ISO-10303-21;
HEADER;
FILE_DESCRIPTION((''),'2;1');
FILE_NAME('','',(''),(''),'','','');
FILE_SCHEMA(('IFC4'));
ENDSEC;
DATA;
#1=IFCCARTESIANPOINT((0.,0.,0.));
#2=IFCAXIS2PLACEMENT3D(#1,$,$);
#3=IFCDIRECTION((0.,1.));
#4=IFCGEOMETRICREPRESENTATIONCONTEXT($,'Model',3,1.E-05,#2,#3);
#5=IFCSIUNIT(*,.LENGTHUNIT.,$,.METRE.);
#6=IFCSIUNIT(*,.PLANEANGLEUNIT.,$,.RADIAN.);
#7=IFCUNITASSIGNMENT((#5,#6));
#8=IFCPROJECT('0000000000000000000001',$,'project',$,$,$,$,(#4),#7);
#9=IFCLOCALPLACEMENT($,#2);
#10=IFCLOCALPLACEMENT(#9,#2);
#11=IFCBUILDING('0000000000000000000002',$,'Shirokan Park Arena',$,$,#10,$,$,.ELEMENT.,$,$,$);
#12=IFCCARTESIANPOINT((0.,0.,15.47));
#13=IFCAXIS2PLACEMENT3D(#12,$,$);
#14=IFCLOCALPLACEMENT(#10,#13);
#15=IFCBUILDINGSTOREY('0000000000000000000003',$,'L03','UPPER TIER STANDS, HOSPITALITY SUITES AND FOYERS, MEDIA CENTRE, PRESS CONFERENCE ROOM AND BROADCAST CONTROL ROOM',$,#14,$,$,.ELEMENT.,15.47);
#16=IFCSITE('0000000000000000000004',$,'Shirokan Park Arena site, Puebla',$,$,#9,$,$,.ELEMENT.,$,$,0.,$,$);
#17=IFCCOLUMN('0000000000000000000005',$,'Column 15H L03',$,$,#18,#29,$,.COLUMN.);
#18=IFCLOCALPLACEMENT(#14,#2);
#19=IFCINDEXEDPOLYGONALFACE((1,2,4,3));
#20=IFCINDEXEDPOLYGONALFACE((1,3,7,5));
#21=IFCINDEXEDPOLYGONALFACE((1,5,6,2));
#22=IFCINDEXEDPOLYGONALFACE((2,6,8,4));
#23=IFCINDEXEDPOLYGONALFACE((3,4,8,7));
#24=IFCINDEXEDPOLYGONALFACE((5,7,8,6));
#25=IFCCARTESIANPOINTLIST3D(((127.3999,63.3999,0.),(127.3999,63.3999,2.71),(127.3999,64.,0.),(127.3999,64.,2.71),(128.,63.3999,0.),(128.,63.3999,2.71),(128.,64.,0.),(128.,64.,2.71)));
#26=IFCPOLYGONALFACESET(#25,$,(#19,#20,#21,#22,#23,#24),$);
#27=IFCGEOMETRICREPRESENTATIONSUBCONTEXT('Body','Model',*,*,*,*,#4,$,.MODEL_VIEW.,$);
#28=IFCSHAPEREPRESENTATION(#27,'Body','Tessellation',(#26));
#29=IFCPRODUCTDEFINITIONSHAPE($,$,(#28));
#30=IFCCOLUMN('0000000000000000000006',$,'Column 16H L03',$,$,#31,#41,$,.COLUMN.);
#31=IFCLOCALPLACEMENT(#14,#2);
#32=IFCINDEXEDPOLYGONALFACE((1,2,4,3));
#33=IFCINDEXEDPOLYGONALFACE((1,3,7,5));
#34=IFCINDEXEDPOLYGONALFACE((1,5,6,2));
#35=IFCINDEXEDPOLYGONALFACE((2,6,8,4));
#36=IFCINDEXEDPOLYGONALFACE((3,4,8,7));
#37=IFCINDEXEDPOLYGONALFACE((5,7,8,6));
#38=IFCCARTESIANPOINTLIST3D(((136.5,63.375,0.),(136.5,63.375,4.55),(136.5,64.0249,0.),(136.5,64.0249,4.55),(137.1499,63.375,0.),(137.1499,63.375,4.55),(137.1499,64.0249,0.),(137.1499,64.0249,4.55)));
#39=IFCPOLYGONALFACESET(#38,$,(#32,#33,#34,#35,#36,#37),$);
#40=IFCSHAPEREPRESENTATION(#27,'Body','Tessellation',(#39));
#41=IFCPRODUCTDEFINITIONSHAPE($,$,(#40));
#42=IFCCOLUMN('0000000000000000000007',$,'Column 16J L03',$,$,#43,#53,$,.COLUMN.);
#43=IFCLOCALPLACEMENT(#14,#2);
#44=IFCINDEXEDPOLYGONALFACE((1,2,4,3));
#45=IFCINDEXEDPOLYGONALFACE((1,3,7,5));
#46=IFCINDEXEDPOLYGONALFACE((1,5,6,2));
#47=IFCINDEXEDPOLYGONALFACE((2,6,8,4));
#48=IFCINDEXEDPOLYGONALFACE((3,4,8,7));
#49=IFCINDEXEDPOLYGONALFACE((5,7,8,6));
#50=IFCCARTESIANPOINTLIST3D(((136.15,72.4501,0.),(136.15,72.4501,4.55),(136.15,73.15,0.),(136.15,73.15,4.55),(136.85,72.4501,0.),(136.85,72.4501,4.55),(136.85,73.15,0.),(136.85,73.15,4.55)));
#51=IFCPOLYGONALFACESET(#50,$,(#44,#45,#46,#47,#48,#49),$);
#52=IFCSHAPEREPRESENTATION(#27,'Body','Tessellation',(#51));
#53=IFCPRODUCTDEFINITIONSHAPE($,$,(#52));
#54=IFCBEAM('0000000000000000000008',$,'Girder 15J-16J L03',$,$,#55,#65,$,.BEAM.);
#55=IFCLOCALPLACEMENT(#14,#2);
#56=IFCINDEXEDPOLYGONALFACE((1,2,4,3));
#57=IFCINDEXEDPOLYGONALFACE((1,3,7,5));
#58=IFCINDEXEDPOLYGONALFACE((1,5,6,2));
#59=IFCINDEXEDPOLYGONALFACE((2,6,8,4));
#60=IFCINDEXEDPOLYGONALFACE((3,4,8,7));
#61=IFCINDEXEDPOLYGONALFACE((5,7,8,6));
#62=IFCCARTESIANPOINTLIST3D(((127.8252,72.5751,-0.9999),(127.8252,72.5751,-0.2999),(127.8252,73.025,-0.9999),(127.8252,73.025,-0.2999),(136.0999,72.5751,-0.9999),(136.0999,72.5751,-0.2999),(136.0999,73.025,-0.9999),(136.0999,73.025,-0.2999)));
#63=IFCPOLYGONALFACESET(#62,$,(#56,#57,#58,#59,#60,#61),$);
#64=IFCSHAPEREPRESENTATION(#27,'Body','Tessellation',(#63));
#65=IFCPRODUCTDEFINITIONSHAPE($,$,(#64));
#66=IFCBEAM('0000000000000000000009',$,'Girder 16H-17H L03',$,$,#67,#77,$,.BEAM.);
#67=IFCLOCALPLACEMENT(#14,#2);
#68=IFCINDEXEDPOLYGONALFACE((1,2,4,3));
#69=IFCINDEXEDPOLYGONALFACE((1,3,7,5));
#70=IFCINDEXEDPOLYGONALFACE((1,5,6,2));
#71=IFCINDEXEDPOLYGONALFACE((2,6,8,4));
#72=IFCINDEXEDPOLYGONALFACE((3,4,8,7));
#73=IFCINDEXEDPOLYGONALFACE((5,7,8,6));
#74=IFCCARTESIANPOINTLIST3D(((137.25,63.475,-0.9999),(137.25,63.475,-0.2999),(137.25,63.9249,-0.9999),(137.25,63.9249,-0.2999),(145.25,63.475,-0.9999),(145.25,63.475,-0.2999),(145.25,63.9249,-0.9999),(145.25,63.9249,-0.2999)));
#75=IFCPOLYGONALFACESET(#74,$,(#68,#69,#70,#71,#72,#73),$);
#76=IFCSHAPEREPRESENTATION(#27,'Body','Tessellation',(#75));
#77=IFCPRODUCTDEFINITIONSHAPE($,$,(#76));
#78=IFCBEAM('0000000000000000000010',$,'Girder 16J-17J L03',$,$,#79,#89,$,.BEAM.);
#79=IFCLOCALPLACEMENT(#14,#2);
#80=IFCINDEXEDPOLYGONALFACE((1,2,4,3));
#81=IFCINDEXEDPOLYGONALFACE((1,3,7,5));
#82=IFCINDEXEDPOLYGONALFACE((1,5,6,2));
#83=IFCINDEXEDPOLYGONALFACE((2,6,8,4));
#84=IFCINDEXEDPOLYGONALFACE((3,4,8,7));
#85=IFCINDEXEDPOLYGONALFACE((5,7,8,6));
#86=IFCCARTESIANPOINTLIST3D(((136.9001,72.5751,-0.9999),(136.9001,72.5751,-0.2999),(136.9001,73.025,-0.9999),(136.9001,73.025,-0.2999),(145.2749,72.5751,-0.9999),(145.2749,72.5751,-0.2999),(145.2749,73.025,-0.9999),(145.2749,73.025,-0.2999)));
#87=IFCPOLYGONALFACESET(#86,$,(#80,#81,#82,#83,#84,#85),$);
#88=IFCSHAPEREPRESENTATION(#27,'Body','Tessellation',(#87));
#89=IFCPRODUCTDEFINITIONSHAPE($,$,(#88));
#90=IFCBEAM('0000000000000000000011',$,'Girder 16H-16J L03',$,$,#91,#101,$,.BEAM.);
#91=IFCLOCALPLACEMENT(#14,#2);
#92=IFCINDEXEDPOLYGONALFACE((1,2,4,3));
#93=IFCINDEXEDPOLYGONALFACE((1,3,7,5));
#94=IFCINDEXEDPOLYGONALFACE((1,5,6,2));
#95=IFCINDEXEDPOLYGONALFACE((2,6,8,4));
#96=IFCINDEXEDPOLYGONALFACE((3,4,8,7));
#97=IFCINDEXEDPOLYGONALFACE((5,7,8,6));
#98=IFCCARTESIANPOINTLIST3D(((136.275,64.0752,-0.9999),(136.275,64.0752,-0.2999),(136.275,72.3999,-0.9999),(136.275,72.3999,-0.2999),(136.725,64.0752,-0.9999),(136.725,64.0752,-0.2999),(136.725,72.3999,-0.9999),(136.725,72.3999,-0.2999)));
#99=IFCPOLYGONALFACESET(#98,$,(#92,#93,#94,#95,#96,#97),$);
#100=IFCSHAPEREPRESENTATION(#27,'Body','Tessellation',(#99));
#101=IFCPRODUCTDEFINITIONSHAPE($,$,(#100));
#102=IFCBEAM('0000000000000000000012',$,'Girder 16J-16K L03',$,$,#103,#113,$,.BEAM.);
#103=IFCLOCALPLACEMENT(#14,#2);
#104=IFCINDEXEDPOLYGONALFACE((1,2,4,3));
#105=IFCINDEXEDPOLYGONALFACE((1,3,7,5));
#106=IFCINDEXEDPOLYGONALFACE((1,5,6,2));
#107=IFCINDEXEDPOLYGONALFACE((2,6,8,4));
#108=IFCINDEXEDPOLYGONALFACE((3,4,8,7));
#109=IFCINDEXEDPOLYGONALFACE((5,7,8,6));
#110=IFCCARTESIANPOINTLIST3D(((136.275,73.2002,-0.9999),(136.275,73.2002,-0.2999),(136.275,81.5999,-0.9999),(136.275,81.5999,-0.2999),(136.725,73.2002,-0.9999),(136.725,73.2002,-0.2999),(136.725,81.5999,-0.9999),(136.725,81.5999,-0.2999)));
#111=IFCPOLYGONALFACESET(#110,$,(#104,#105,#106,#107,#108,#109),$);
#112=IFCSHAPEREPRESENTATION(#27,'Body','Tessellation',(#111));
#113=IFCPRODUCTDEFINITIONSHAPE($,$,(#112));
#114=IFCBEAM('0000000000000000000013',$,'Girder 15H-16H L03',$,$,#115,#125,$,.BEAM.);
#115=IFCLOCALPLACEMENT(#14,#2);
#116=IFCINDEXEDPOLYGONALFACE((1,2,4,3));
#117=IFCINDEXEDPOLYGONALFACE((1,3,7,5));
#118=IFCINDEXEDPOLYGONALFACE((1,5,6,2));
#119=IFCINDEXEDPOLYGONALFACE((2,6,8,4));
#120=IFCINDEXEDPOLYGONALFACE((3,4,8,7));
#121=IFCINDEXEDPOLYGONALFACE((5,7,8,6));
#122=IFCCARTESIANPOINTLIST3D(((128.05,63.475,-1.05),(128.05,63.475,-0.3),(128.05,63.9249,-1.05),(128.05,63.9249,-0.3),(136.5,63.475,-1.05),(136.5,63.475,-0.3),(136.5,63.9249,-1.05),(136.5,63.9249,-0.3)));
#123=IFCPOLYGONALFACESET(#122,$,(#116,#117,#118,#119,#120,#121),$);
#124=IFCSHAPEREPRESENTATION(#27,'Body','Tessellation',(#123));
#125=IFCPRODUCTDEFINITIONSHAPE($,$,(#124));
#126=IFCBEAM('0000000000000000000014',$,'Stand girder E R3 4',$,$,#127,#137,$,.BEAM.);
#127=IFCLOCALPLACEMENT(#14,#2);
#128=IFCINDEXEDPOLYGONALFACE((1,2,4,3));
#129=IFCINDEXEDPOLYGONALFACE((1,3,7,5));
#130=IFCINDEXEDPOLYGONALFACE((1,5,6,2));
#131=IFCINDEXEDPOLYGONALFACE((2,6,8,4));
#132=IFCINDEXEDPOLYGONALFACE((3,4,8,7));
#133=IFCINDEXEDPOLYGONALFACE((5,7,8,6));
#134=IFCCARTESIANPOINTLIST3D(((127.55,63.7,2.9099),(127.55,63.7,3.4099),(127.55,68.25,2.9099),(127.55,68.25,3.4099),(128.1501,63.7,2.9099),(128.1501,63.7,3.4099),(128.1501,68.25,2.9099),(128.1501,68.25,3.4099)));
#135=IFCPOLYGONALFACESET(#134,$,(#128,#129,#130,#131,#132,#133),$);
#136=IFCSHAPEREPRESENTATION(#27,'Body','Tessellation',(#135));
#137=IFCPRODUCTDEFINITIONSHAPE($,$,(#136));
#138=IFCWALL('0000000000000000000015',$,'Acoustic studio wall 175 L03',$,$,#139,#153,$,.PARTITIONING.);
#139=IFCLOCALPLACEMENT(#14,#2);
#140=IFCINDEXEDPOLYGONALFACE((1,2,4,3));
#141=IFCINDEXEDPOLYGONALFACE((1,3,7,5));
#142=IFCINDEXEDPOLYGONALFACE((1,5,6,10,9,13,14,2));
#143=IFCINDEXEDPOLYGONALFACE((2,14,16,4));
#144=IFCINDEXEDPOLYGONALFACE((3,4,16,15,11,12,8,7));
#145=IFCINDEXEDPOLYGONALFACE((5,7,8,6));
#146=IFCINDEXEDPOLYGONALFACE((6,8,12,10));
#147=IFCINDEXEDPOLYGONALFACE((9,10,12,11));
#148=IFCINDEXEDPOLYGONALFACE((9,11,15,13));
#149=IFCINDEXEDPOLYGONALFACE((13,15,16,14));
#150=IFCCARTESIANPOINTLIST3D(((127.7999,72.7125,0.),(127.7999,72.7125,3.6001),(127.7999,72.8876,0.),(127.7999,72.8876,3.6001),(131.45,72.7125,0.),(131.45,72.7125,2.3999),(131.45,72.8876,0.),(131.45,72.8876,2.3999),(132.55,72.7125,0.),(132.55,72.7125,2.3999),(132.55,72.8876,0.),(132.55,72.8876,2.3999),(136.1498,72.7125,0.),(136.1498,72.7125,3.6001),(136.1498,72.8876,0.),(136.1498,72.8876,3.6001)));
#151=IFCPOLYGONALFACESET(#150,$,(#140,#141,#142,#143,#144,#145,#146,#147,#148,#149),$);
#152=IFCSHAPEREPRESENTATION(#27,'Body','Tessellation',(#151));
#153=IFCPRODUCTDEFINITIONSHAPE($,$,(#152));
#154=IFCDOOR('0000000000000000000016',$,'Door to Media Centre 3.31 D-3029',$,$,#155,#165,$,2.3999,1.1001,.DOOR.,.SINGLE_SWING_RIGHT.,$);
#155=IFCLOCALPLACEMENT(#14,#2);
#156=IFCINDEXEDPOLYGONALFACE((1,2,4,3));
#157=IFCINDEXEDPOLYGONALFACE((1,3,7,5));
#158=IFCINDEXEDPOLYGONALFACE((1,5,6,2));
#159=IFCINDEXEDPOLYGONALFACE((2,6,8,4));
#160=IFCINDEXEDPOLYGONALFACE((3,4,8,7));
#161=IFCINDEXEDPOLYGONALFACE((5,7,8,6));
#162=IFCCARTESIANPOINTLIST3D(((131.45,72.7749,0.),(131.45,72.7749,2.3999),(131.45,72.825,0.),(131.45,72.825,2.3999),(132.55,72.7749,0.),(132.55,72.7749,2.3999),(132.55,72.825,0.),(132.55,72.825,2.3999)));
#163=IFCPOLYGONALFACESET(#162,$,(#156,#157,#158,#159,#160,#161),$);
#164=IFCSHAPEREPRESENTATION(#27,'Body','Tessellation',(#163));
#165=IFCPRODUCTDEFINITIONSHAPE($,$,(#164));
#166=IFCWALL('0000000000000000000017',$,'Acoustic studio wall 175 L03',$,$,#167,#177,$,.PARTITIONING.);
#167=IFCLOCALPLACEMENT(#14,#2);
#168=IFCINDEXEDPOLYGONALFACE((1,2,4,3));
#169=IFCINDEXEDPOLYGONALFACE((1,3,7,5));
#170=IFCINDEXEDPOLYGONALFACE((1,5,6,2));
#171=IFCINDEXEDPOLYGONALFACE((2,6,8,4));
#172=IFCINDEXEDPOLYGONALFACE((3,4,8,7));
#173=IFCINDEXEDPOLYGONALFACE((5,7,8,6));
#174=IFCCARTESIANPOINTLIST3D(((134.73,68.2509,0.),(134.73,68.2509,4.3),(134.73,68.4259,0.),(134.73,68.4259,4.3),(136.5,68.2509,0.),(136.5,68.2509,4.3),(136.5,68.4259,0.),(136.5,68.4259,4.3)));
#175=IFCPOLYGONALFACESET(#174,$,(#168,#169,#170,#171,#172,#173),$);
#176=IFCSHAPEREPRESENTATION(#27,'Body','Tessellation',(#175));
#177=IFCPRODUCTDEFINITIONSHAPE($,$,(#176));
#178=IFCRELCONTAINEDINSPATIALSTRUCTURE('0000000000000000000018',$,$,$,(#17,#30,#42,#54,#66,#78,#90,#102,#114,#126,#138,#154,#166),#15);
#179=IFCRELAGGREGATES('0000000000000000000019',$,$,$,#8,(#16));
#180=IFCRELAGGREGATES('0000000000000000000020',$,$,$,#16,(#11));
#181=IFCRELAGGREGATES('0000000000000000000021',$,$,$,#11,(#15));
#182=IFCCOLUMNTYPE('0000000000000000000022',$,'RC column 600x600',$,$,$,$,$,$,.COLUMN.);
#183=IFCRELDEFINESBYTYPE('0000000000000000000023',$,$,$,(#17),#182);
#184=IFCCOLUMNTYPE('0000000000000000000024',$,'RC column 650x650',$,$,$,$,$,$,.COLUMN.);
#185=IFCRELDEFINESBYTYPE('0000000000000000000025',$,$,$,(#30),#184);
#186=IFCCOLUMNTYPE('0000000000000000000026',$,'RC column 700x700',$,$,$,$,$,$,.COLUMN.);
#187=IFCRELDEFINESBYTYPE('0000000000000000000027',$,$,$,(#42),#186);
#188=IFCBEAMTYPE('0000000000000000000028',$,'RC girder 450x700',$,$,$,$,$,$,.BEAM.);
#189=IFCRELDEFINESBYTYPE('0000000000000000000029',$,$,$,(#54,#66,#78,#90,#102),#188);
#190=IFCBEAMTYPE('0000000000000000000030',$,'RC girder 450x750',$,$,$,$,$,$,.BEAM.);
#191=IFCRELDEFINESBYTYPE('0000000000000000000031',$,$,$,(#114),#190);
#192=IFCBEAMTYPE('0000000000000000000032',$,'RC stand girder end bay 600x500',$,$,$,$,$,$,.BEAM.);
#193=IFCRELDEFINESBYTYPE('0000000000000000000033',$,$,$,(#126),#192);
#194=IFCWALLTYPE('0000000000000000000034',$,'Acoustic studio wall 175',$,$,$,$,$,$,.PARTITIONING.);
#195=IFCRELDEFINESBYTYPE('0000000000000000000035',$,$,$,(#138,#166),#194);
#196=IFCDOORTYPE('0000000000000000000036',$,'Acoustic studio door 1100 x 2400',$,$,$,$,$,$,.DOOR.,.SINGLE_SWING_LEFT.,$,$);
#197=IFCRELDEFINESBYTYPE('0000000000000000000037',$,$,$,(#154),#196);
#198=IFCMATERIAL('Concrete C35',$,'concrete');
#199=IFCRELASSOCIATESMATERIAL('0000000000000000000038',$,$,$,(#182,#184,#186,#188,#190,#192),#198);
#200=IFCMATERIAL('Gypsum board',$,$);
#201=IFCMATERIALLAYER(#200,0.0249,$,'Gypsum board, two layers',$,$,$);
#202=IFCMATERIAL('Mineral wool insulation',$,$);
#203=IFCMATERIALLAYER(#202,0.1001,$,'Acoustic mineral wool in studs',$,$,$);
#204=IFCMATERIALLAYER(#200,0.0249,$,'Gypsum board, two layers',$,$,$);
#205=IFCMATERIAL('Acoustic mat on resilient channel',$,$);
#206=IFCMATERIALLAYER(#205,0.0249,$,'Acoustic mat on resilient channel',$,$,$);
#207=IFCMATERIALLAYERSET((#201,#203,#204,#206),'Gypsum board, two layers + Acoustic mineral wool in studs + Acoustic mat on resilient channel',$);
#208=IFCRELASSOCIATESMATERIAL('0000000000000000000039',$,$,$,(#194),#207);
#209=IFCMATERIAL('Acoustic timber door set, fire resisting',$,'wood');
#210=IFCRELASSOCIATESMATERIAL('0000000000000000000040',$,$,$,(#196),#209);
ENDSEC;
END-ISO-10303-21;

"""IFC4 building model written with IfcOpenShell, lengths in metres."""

from ifc_helpers import new_model, si_unit, direction, frame, frame_2d, origin, origin_2d, place, context, subcontext, project, spatial, rectangle, extrude, material, layer, layer_set, material_profile, profile_set, type_object, element, fill, save


model = new_model("IFC4")

# Units and contexts
model_context = context("Model", 3, precision=1e-05, world=origin(), true_north=direction((0.0, 1.0)))
body_context = subcontext(model_context, "Body", "Model", "MODEL_VIEW")
ifc_project = project(units=[si_unit("LENGTHUNIT", "METRE"), si_unit("PLANEANGLEUNIT", "RADIAN")], contexts=[model_context])

# Site, building, storey
site_placement = place(None, origin())
site = spatial("IfcSite", under=ifc_project, at=site_placement, Name="Shirokan Park Arena site, Puebla", CompositionType="ELEMENT", RefElevation=0.0)
building_placement = place(site_placement, origin())
building = spatial("IfcBuilding", under=site, at=building_placement, Name="Shirokan Park Arena", CompositionType="ELEMENT")
storey_placement = place(building_placement, frame((0.0, 0.0, 15.47)))
storey = spatial("IfcBuildingStorey", under=building, at=storey_placement, Name="L03", Description="UPPER TIER STANDS, HOSPITALITY SUITES AND FOYERS, MEDIA CENTRE, PRESS CONFERENCE ROOM AND BROADCAST CONTROL ROOM", CompositionType="ELEMENT", Elevation=15.47)

# Columns
ifc_material_1 = material(Name="Concrete C35", Category="concrete")
ifc_material_profile_1 = material_profile(ifc_material_1, rectangle(XDim=0.6001, YDim=0.6001, at=origin_2d()), Name="600x600")
ifc_profile_set_1 = profile_set([ifc_material_profile_1], Name="Concrete C35")
column_type_1 = type_object("IfcColumnType", Name="RC column 600x600", PredefinedType="COLUMN", material=ifc_profile_set_1)
column_1_placement = place(storey_placement, frame((127.7, 63.7, 0.0), z_axis=(0.0, 0.0, 1.0), x_axis=(1.0, 0.0, 0.0)))
element("IfcColumn", 1, at=column_1_placement, inside=storey, type_object=column_type_1, Name="Column 15H L03", PredefinedType="COLUMN", context=body_context, shape_type="SweptSolid", body=[
    extrude(rectangle(XDim=0.6001, YDim=0.6001, at=origin_2d()), origin(), (0.0, 0.0, 1.0), 2.71),
])
ifc_material_profile_2 = material_profile(ifc_material_1, rectangle(XDim=0.6499, YDim=0.6499, at=origin_2d()), Name="650x650")
ifc_profile_set_2 = profile_set([ifc_material_profile_2], Name="Concrete C35")
column_type_2 = type_object("IfcColumnType", Name="RC column 650x650", PredefinedType="COLUMN", material=ifc_profile_set_2)
column_2_placement = place(storey_placement, frame((136.825, 63.7, 0.0), z_axis=(0.0, 0.0, 1.0), x_axis=(1.0, 0.0, 0.0)))
element("IfcColumn", 2, at=column_2_placement, inside=storey, type_object=column_type_2, Name="Column 16H L03", PredefinedType="COLUMN", context=body_context, shape_type="SweptSolid", body=[
    extrude(rectangle(XDim=0.6499, YDim=0.6499, at=origin_2d()), origin(), (0.0, 0.0, 1.0), 4.55),
])
ifc_material_profile_3 = material_profile(ifc_material_1, rectangle(XDim=0.7, YDim=0.7, at=origin_2d()), Name="700x700")
ifc_profile_set_3 = profile_set([ifc_material_profile_3], Name="Concrete C35")
column_type_3 = type_object("IfcColumnType", Name="RC column 700x700", PredefinedType="COLUMN", material=ifc_profile_set_3)
column_3_placement = place(storey_placement, frame((136.5, 72.8, 0.0), z_axis=(0.0, 0.0, 1.0), x_axis=(1.0, 0.0, 0.0)))
element("IfcColumn", 3, at=column_3_placement, inside=storey, type_object=column_type_3, Name="Column 16J L03", PredefinedType="COLUMN", context=body_context, shape_type="SweptSolid", body=[
    extrude(rectangle(XDim=0.7, YDim=0.7, at=origin_2d()), origin(), (0.0, 0.0, 1.0), 4.55),
])

# Beams
ifc_material_profile_4 = material_profile(ifc_material_1, rectangle(XDim=0.45, YDim=0.7, at=origin_2d()), Name="450x700")
ifc_profile_set_4 = profile_set([ifc_material_profile_4], Name="Concrete C35")
beam_type_1 = type_object("IfcBeamType", Name="RC girder 450x700", PredefinedType="BEAM", material=ifc_profile_set_4)
beam_1_placement = place(storey_placement, frame((127.8252, 72.8, -0.6499), z_axis=(1.0, 0.0, 0.0), x_axis=(0.0, 1.0, 0.0)))
element("IfcBeam", 4, at=beam_1_placement, inside=storey, type_object=beam_type_1, Name="Girder 15J-16J L03", PredefinedType="BEAM", context=body_context, shape_type="SweptSolid", body=[
    extrude(rectangle(XDim=0.45, YDim=0.7, at=origin_2d()), origin(), (0.0, 0.0, 1.0), 8.2747),
])
beam_2_placement = place(storey_placement, frame((137.25, 63.7, -0.6499), z_axis=(1.0, 0.0, 0.0), x_axis=(0.0, 1.0, 0.0)))
element("IfcBeam", 5, at=beam_2_placement, inside=storey, type_object=beam_type_1, Name="Girder 16H-17H L03", PredefinedType="BEAM", context=body_context, shape_type="SweptSolid", body=[
    extrude(rectangle(XDim=0.45, YDim=0.7, at=origin_2d()), origin(), (0.0, 0.0, 1.0), 8.0),
])
beam_3_placement = place(storey_placement, frame((136.9001, 72.8, -0.6499), z_axis=(1.0, 0.0, 0.0), x_axis=(0.0, 1.0, 0.0)))
element("IfcBeam", 6, at=beam_3_placement, inside=storey, type_object=beam_type_1, Name="Girder 16J-17J L03", PredefinedType="BEAM", context=body_context, shape_type="SweptSolid", body=[
    extrude(rectangle(XDim=0.45, YDim=0.7, at=origin_2d()), origin(), (0.0, 0.0, 1.0), 8.3748),
])
beam_4_placement = place(storey_placement, frame((136.5, 64.0752, -0.6499), z_axis=(0.0, 1.0, 0.0), x_axis=(-1.0, 0.0, 0.0)))
element("IfcBeam", 7, at=beam_4_placement, inside=storey, type_object=beam_type_1, Name="Girder 16H-16J L03", PredefinedType="BEAM", context=body_context, shape_type="SweptSolid", body=[
    extrude(rectangle(XDim=0.45, YDim=0.7, at=origin_2d()), origin(), (0.0, 0.0, 1.0), 8.3247),
])
beam_5_placement = place(storey_placement, frame((136.5, 73.2002, -0.6499), z_axis=(0.0, 1.0, 0.0), x_axis=(-1.0, 0.0, 0.0)))
element("IfcBeam", 8, at=beam_5_placement, inside=storey, type_object=beam_type_1, Name="Girder 16J-16K L03", PredefinedType="BEAM", context=body_context, shape_type="SweptSolid", body=[
    extrude(rectangle(XDim=0.45, YDim=0.7, at=origin_2d()), origin(), (0.0, 0.0, 1.0), 8.3997),
])
ifc_material_profile_5 = material_profile(ifc_material_1, rectangle(XDim=0.45, YDim=0.75, at=origin_2d()), Name="450x750")
ifc_profile_set_5 = profile_set([ifc_material_profile_5], Name="Concrete C35")
beam_type_2 = type_object("IfcBeamType", Name="RC girder 450x750", PredefinedType="BEAM", material=ifc_profile_set_5)
beam_6_placement = place(storey_placement, frame((128.05, 63.7, -0.675), z_axis=(1.0, 0.0, 0.0), x_axis=(0.0, 1.0, 0.0)))
element("IfcBeam", 9, at=beam_6_placement, inside=storey, type_object=beam_type_2, Name="Girder 15H-16H L03", PredefinedType="BEAM", context=body_context, shape_type="SweptSolid", body=[
    extrude(rectangle(XDim=0.45, YDim=0.75, at=origin_2d()), origin(), (0.0, 0.0, 1.0), 8.45),
])
ifc_material_profile_6 = material_profile(ifc_material_1, rectangle(XDim=0.6001, YDim=0.5, at=origin_2d()), Name="600x500")
ifc_profile_set_6 = profile_set([ifc_material_profile_6], Name="Concrete C35")
beam_type_3 = type_object("IfcBeamType", Name="RC stand girder end bay 600x500", PredefinedType="BEAM", material=ifc_profile_set_6)
beam_7_placement = place(storey_placement, frame((127.8501, 63.7, 3.1599), z_axis=(0.0, 1.0, 0.0), x_axis=(-1.0, 0.0, 0.0)))
element("IfcBeam", 10, at=beam_7_placement, inside=storey, type_object=beam_type_3, Name="Stand girder E R3 4", PredefinedType="BEAM", context=body_context, shape_type="SweptSolid", body=[
    extrude(rectangle(XDim=0.6001, YDim=0.5, at=origin_2d()), origin(), (0.0, 0.0, 1.0), 4.55),
])

# Wall, opening, door
ifc_material_2 = material(Name="Gypsum board")
ifc_layer_1 = layer(ifc_material_2, 0.0249, Name="Gypsum board, two layers")
ifc_material_3 = material(Name="Mineral wool insulation")
ifc_layer_2 = layer(ifc_material_3, 0.1001, Name="Acoustic mineral wool in studs")
ifc_layer_3 = layer(ifc_material_2, 0.0249, Name="Gypsum board, two layers")
ifc_material_4 = material(Name="Acoustic mat on resilient channel")
ifc_layer_4 = layer(ifc_material_4, 0.0249, Name="Acoustic mat on resilient channel")
ifc_layer_set_1 = layer_set([ifc_layer_1, ifc_layer_2, ifc_layer_3, ifc_layer_4], Name="Gypsum board, two layers + Acoustic mineral wool in studs + Acoustic mat on resilient channel")
wall_type_1 = type_object("IfcWallType", Name="Acoustic studio wall 175", PredefinedType="PARTITIONING", material=ifc_layer_set_1)
wall_1_placement = place(storey_placement, frame((127.8, 72.8, 0.0), z_axis=(0.0, 0.0, 1.0), x_axis=(1.0, 0.0, 0.0)))
wall_1 = element("IfcWall", 11, at=wall_1_placement, inside=storey, type_object=wall_type_1, Name="Acoustic studio wall 175 L03", PredefinedType="PARTITIONING", context=body_context, shape_type="SweptSolid", body=[
    extrude(rectangle(XDim=8.3499, YDim=0.175, at=frame_2d((4.1748, 0.0))), origin(), (0.0, 0.0, 1.0), 3.6001),
])
opening_1_placement = place(wall_1_placement, frame((3.6499, 0.0, 0.0)))
opening_1 = element("IfcOpeningElement", 12, at=opening_1_placement, cuts=wall_1, PredefinedType="OPENING", context=body_context, shape_type="SweptSolid", body=[
    extrude(rectangle(XDim=1.1001, YDim=2.3999, at=frame_2d((0.55, 1.2))), frame((0.0, 0.0974, 0.0), z_axis=(0.0, -1.0, 0.0), x_axis=(1.0, 0.0, 0.0)), (0.0, 0.0, 1.0), 0.1951),
])
ifc_material_5 = material(Name="Acoustic timber door set, fire resisting", Category="wood")
door_type_1 = type_object("IfcDoorType", Name="Acoustic studio door 1100 x 2400", OperationType="SINGLE_SWING_LEFT", PredefinedType="DOOR", material=ifc_material_5)
door_1_placement = place(opening_1_placement, origin())
door_1 = element("IfcDoor", 13, at=door_1_placement, inside=storey, type_object=door_type_1, Name="Door to Media Centre 3.31 D-3029", OperationType="SINGLE_SWING_RIGHT", OverallHeight=2.3999, OverallWidth=1.1001, PredefinedType="DOOR", context=body_context, shape_type="SweptSolid", body=[
    extrude(rectangle(XDim=1.1001, YDim=2.3999, at=frame_2d((0.55, 1.2))), frame((0.0, 0.0249, 0.0), z_axis=(0.0, -1.0, 0.0), x_axis=(1.0, 0.0, 0.0)), (0.0, 0.0, 1.0), 0.05),
])
fill(opening_1, door_1)

# Wall
wall_2_placement = place(storey_placement, frame((136.5, 68.3384, 0.0), z_axis=(0.0, 0.0, 1.0), x_axis=(-1.0, 0.0, 0.0)))
element("IfcWall", 14, at=wall_2_placement, inside=storey, type_object=wall_type_1, Name="Acoustic studio wall 175 L03", PredefinedType="PARTITIONING", context=body_context, shape_type="SweptSolid", body=[
    extrude(rectangle(XDim=1.77, YDim=0.175, at=frame_2d((0.885, 0.0))), origin(), (0.0, 0.0, 1.0), 4.3),
])

save(model, "model.ifc")
